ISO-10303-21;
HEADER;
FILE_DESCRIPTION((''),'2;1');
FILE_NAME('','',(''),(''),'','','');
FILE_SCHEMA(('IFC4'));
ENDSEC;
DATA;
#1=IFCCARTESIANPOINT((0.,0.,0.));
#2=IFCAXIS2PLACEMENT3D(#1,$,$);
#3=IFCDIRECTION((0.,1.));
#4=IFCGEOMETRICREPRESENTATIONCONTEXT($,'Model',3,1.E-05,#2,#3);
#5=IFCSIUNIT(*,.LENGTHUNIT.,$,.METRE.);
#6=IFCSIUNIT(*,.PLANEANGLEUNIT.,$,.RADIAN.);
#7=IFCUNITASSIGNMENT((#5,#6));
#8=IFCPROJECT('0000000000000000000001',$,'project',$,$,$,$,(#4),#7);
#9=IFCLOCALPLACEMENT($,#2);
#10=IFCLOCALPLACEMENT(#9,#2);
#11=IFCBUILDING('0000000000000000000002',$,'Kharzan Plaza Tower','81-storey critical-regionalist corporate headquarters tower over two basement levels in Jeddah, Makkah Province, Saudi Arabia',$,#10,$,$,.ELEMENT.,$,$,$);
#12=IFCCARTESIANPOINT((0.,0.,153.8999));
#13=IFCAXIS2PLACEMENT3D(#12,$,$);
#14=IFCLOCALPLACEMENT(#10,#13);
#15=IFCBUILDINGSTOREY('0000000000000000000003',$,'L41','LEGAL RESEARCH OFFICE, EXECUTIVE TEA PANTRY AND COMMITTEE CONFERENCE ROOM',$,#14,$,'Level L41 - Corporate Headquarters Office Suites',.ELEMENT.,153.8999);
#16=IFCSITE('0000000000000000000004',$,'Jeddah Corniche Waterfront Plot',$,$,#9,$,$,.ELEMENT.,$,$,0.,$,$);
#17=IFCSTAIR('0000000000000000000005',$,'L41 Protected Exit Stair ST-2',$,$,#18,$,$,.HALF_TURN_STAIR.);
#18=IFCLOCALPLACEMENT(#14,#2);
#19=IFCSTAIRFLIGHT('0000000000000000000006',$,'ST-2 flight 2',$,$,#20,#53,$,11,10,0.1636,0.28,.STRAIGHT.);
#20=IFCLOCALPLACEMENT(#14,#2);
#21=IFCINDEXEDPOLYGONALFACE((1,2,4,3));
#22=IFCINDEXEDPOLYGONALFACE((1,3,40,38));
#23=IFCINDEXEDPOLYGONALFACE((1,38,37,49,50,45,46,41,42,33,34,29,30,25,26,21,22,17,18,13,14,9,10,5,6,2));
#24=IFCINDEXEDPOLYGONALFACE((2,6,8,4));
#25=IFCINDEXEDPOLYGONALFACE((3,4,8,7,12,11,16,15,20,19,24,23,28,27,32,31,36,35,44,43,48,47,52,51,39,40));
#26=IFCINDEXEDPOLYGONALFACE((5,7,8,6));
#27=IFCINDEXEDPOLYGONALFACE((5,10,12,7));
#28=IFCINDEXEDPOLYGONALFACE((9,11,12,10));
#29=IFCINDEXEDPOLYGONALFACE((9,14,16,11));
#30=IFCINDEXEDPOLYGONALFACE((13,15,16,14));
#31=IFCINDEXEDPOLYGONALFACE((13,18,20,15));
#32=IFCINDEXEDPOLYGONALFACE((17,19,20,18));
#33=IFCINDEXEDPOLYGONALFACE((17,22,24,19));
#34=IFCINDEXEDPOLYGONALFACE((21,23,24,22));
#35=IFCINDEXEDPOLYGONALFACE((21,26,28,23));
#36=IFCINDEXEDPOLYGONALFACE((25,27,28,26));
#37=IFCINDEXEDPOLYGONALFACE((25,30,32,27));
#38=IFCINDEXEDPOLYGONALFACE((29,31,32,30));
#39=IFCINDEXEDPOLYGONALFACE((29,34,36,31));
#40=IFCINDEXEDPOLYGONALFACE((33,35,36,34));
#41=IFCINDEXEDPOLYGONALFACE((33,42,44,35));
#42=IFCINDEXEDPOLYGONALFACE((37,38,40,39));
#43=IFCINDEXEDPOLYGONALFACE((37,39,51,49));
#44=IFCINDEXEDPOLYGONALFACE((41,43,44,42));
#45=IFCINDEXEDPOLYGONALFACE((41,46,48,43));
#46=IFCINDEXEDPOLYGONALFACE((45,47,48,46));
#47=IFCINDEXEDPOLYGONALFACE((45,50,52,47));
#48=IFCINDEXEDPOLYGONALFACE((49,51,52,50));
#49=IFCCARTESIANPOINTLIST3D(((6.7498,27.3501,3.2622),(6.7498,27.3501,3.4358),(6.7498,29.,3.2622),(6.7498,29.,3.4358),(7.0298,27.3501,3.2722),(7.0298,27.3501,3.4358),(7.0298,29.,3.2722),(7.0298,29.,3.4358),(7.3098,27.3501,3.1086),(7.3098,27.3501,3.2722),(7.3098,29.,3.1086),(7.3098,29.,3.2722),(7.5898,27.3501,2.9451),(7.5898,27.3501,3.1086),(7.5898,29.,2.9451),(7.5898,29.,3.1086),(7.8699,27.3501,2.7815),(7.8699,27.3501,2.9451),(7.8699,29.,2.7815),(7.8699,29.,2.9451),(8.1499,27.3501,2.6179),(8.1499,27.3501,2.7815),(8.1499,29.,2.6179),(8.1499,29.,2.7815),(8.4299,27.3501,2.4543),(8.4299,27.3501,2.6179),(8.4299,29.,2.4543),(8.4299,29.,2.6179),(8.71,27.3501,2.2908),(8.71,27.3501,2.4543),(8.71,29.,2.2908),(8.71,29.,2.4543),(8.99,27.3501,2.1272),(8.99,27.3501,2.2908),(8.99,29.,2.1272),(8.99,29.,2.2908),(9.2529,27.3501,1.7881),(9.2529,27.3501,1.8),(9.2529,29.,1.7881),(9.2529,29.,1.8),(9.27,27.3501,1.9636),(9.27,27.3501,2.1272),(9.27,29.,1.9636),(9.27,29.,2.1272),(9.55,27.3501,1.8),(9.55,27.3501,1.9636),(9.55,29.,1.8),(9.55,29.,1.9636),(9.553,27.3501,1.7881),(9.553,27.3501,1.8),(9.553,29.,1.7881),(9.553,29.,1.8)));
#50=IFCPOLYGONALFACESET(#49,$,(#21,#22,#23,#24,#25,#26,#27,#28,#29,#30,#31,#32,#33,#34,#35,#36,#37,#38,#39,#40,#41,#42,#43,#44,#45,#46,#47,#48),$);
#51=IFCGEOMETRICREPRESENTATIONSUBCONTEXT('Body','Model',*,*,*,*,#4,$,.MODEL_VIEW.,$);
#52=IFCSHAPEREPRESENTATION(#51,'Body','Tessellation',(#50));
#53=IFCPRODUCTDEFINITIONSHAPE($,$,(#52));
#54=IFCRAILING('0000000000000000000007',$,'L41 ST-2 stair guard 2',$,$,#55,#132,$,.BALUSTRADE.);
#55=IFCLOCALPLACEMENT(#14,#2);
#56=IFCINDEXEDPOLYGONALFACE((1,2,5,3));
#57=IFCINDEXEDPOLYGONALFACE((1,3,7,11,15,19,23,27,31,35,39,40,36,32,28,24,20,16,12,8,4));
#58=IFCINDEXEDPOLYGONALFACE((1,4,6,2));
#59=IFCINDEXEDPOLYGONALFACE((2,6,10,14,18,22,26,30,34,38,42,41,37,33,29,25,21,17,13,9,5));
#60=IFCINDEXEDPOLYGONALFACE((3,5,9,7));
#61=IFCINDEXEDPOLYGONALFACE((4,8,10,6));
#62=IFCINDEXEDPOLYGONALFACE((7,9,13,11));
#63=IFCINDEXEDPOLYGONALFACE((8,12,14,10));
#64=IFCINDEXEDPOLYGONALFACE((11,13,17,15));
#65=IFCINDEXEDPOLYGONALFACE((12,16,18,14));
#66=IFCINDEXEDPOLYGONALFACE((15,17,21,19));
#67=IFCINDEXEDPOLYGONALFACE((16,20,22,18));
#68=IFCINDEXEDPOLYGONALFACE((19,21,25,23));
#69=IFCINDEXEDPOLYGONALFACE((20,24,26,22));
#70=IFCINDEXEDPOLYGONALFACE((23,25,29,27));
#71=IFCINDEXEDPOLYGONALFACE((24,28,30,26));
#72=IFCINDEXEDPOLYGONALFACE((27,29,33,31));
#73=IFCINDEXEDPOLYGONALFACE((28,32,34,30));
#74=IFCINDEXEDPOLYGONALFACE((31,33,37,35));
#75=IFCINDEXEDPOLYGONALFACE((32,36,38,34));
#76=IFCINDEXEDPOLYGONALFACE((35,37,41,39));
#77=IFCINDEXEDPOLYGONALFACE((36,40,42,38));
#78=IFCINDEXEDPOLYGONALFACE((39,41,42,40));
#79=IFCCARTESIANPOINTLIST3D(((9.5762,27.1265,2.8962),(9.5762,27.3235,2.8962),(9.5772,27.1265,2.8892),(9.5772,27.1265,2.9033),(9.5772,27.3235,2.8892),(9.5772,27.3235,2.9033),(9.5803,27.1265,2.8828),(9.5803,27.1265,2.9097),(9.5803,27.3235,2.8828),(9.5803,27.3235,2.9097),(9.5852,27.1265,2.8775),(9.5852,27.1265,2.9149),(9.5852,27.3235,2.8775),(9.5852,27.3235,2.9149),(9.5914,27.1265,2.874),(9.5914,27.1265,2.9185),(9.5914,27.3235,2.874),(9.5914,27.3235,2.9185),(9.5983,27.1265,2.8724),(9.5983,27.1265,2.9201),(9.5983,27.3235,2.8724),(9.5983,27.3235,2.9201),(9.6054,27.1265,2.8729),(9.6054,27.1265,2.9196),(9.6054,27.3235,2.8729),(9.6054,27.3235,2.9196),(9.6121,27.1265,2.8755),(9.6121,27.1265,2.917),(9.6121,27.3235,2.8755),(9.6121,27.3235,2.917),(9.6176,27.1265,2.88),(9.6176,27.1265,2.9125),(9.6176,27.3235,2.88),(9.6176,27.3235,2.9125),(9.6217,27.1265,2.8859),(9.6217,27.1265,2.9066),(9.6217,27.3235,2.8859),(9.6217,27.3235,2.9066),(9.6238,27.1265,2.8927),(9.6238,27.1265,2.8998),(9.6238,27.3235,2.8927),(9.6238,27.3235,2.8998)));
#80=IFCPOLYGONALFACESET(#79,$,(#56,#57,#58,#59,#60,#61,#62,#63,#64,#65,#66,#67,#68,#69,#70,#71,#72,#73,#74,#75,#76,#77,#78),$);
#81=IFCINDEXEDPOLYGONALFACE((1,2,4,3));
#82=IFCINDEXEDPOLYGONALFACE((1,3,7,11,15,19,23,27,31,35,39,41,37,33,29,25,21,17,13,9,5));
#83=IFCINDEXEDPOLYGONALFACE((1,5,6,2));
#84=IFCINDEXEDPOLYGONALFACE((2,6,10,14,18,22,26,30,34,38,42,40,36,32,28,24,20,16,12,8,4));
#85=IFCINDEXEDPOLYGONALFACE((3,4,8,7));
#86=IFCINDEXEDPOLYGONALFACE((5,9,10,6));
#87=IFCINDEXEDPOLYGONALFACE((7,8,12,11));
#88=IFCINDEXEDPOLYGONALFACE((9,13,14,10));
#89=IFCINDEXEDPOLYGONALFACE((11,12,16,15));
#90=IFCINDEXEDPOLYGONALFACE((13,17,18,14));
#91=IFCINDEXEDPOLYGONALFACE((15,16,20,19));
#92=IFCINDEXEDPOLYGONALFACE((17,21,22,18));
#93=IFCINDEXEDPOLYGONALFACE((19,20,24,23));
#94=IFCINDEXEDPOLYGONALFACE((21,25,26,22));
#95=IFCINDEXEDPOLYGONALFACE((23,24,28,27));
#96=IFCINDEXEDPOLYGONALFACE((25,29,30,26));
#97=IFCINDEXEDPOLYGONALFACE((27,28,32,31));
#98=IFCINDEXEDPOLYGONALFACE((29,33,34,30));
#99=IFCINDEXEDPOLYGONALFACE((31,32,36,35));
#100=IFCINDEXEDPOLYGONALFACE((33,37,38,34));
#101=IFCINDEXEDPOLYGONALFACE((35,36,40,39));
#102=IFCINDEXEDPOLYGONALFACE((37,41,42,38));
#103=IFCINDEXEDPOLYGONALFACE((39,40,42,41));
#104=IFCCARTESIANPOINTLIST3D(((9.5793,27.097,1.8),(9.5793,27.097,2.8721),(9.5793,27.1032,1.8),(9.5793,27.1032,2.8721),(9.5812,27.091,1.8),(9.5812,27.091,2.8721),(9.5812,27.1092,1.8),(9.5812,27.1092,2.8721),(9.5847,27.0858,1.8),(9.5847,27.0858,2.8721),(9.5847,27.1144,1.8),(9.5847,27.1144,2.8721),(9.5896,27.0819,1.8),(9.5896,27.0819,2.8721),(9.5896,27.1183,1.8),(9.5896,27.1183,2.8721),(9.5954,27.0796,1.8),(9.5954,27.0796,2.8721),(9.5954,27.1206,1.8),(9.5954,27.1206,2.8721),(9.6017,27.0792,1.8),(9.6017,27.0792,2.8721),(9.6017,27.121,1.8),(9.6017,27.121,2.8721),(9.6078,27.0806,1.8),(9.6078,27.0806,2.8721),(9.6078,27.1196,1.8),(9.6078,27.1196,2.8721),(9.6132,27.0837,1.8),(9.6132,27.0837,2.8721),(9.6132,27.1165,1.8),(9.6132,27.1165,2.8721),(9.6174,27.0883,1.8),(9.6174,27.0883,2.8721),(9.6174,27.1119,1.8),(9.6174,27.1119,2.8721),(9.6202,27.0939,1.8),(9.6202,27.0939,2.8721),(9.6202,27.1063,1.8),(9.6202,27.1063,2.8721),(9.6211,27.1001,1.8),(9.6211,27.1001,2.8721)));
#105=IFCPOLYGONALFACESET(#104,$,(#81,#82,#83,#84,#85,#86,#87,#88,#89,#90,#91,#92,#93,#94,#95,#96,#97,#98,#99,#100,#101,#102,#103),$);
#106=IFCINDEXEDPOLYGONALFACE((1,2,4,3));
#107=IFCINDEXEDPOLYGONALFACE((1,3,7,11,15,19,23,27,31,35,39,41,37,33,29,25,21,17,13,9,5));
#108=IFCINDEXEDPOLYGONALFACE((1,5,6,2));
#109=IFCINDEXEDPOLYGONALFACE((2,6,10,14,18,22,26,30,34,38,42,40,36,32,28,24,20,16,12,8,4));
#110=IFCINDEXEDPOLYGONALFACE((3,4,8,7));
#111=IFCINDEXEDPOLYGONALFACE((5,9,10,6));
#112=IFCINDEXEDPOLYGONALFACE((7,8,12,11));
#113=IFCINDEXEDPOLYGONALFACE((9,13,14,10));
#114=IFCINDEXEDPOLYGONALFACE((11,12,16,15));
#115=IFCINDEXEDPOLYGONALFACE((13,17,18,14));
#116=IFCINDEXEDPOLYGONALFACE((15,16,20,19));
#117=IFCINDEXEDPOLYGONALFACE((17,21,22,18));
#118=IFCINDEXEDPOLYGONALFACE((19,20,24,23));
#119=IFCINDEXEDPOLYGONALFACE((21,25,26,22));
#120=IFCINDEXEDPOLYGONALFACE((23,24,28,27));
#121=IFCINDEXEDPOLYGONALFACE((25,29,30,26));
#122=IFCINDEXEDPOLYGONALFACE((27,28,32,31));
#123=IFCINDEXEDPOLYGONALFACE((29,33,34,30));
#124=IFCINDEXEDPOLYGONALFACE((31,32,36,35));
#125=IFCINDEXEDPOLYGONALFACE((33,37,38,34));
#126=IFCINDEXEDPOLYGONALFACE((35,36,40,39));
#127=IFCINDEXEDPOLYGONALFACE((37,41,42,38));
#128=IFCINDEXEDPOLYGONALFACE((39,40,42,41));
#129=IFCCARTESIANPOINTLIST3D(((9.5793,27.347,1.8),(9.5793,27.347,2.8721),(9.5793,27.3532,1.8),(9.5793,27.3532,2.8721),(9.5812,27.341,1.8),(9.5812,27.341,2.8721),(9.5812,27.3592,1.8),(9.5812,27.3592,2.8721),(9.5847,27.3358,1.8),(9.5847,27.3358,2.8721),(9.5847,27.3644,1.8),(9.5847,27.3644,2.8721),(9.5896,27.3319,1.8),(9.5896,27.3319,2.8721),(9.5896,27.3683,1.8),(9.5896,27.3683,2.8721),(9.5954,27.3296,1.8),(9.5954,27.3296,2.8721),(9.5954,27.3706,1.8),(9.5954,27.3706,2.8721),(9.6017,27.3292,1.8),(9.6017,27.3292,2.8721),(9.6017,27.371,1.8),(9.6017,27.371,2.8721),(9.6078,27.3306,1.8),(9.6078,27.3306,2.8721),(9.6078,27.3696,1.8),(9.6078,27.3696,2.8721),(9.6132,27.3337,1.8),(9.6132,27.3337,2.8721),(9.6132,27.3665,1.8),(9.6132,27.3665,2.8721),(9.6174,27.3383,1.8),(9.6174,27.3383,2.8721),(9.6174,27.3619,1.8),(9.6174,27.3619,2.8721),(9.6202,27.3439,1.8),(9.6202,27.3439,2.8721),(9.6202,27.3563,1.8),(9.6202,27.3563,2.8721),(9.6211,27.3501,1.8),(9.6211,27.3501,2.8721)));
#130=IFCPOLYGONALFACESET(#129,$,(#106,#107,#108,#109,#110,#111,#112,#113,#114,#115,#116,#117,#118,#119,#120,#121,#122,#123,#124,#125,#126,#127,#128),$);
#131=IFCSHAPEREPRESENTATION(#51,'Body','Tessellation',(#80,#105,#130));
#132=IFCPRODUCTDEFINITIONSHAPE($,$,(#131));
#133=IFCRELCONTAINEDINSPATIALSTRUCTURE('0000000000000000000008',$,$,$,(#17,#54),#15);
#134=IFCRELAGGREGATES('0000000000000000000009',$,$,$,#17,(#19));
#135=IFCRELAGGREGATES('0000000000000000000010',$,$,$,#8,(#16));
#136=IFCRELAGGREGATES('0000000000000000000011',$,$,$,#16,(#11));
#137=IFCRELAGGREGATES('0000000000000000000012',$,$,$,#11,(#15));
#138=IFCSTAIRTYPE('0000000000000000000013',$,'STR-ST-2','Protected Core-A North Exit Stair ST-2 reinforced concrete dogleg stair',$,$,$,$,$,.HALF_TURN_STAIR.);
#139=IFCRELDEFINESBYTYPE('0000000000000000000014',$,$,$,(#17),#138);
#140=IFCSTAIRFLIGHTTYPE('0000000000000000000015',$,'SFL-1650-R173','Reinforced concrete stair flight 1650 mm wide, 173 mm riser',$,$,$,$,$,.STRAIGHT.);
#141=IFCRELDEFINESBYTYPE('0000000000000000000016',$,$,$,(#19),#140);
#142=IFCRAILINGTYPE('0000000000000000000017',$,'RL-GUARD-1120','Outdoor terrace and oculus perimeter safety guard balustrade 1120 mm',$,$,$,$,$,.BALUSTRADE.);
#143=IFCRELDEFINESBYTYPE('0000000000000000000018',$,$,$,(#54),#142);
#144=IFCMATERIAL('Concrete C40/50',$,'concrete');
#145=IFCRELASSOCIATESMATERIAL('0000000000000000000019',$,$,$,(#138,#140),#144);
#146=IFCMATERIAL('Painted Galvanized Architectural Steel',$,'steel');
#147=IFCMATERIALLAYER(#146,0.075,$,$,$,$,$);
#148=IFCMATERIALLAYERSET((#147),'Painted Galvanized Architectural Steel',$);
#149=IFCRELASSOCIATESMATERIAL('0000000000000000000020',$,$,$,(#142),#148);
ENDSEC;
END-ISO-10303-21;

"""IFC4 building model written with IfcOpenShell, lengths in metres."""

from ifc_helpers import new_model, si_unit, direction, frame, origin, origin_2d, place, context, subcontext, project, spatial, polyline, circle, outline, extrude, source, transform, mapped, material, layer, layer_set, type_object, element, aggregate, save


model = new_model("IFC4")

# Units and contexts
model_context = context("Model", 3, precision=1e-05, world=origin(), true_north=direction((0.0, 1.0)))
body_context = subcontext(model_context, "Body", "Model", "MODEL_VIEW")
ifc_project = project(units=[si_unit("LENGTHUNIT", "METRE"), si_unit("PLANEANGLEUNIT", "RADIAN")], contexts=[model_context])

# Site, building, storey
site_placement = place(None, origin())
site = spatial("IfcSite", under=ifc_project, at=site_placement, Name="Jeddah Corniche Waterfront Plot", CompositionType="ELEMENT", RefElevation=0.0)
building_placement = place(site_placement, origin())
building = spatial("IfcBuilding", under=site, at=building_placement, Name="Kharzan Plaza Tower", Description="81-storey critical-regionalist corporate headquarters tower over two basement levels in Jeddah, Makkah Province, Saudi Arabia", CompositionType="ELEMENT")
storey_placement = place(building_placement, frame((0.0, 0.0, 153.8999)))
storey = spatial("IfcBuildingStorey", under=building, at=storey_placement, Name="L41", Description="LEGAL RESEARCH OFFICE, EXECUTIVE TEA PANTRY AND COMMITTEE CONFERENCE ROOM", LongName="Level L41 - Corporate Headquarters Office Suites", CompositionType="ELEMENT", Elevation=153.8999)

# Shared definitions
ifc_material_1 = material(Name="Concrete C40/50", Category="concrete")

# Stair, stair flight
stair_type = type_object("IfcStairType", Name="STR-ST-2", Description="Protected Core-A North Exit Stair ST-2 reinforced concrete dogleg stair", PredefinedType="HALF_TURN_STAIR", material=ifc_material_1)
stair_placement = place(storey_placement, origin())
stair = element("IfcStair", 1, at=stair_placement, inside=storey, type_object=stair_type, Name="L41 Protected Exit Stair ST-2", PredefinedType="HALF_TURN_STAIR")
stair_flight_type = type_object("IfcStairFlightType", Name="SFL-1650-R173", Description="Reinforced concrete stair flight 1650 mm wide, 173 mm riser", PredefinedType="STRAIGHT", material=ifc_material_1)
shared_shape_1 = source(origin(), body_context, "Body", "SweptSolid", [
    extrude(outline(polyline([(-0.0029, -0.012), (-0.0029, 0.0), (0.0, 0.0), (0.0, 0.1636), (0.28, 0.1636), (0.28, 0.3271), (0.5601, 0.3271), (0.5601, 0.4907), (0.8401, 0.4907), (0.8401, 0.6543), (1.1201, 0.6543), (1.1201, 0.8179), (1.4001, 0.8179), (1.4001, 0.9814), (1.6802, 0.9814), (1.6802, 1.145), (1.9602, 1.145), (1.9602, 1.3086), (2.2402, 1.3086), (2.2402, 1.4722), (2.5203, 1.4722), (2.5203, 1.6357), (2.8003, 1.6357), (2.8003, 1.7993), (2.8003, 1.4622), (0.2971, 0.0), (0.2971, -0.012), (-0.0029, -0.012)])), frame((0.0, 0.825, 0.0), z_axis=(0.0, -1.0, 0.0), x_axis=(1.0, 0.0, 0.0)), (0.0, 0.0, 1.0), 1.6499),
])
stair_flight_placement = place(storey_placement, frame((9.55, 28.175, 1.8), z_axis=(0.0, 0.0, 1.0), x_axis=(-1.0, 0.0, 0.0)))
stair_flight = element("IfcStairFlight", 2, at=stair_flight_placement, type_object=stair_flight_type, Name="ST-2 flight 2", NumberOfRisers=11, NumberOfTreads=10, PredefinedType="STRAIGHT", RiserHeight=0.1636, TreadLength=0.28, context=body_context, shape_type="MappedRepresentation", body=[
    mapped(shared_shape_1, transform((0.0, 0.0, 0.0), x_axis=(1.0, 0.0, 0.0), y_axis=(0.0, 1.0, 0.0), z_axis=(0.0, 0.0, 1.0))),
])
aggregate(stair, [stair_flight])

# Railing
ifc_material_2 = material(Name="Painted Galvanized Architectural Steel", Category="steel")
ifc_layer_1 = layer(ifc_material_2, 0.075)
ifc_layer_set_1 = layer_set([ifc_layer_1], Name="Painted Galvanized Architectural Steel")
railing_type_1 = type_object("IfcRailingType", Name="RL-GUARD-1120", Description="Outdoor terrace and oculus perimeter safety guard balustrade 1120 mm", PredefinedType="BALUSTRADE", material=ifc_layer_set_1)
shared_shape_2 = source(origin(), body_context, "Body", "SweptSolid", [
    extrude(circle(Radius=0.0239, at=origin_2d()), frame((0.0, 0.0264, 1.0962), z_axis=(0.0, 1.0, 0.0), x_axis=(-1.0, 0.0, 0.0)), (0.0, 0.0, 1.0), 0.197),
    extrude(circle(Radius=0.021, at=origin_2d()), origin(), (0.0, 0.0, 1.0), 1.072),
    extrude(circle(Radius=0.021, at=origin_2d()), frame((0.0, 0.25, 0.0)), (0.0, 0.0, 1.0), 1.072),
])
railing_1_placement = place(storey_placement, frame((9.6001, 27.1001, 1.8)))
element("IfcRailing", 3, at=railing_1_placement, inside=storey, type_object=railing_type_1, Name="L41 ST-2 stair guard 2", PredefinedType="BALUSTRADE", context=body_context, shape_type="MappedRepresentation", body=[
    mapped(shared_shape_2, transform((0.0, 0.0, 0.0), x_axis=(1.0, 0.0, 0.0), y_axis=(0.0, 1.0, 0.0), z_axis=(0.0, 0.0, 1.0))),
])

save(model, "model.ifc")
